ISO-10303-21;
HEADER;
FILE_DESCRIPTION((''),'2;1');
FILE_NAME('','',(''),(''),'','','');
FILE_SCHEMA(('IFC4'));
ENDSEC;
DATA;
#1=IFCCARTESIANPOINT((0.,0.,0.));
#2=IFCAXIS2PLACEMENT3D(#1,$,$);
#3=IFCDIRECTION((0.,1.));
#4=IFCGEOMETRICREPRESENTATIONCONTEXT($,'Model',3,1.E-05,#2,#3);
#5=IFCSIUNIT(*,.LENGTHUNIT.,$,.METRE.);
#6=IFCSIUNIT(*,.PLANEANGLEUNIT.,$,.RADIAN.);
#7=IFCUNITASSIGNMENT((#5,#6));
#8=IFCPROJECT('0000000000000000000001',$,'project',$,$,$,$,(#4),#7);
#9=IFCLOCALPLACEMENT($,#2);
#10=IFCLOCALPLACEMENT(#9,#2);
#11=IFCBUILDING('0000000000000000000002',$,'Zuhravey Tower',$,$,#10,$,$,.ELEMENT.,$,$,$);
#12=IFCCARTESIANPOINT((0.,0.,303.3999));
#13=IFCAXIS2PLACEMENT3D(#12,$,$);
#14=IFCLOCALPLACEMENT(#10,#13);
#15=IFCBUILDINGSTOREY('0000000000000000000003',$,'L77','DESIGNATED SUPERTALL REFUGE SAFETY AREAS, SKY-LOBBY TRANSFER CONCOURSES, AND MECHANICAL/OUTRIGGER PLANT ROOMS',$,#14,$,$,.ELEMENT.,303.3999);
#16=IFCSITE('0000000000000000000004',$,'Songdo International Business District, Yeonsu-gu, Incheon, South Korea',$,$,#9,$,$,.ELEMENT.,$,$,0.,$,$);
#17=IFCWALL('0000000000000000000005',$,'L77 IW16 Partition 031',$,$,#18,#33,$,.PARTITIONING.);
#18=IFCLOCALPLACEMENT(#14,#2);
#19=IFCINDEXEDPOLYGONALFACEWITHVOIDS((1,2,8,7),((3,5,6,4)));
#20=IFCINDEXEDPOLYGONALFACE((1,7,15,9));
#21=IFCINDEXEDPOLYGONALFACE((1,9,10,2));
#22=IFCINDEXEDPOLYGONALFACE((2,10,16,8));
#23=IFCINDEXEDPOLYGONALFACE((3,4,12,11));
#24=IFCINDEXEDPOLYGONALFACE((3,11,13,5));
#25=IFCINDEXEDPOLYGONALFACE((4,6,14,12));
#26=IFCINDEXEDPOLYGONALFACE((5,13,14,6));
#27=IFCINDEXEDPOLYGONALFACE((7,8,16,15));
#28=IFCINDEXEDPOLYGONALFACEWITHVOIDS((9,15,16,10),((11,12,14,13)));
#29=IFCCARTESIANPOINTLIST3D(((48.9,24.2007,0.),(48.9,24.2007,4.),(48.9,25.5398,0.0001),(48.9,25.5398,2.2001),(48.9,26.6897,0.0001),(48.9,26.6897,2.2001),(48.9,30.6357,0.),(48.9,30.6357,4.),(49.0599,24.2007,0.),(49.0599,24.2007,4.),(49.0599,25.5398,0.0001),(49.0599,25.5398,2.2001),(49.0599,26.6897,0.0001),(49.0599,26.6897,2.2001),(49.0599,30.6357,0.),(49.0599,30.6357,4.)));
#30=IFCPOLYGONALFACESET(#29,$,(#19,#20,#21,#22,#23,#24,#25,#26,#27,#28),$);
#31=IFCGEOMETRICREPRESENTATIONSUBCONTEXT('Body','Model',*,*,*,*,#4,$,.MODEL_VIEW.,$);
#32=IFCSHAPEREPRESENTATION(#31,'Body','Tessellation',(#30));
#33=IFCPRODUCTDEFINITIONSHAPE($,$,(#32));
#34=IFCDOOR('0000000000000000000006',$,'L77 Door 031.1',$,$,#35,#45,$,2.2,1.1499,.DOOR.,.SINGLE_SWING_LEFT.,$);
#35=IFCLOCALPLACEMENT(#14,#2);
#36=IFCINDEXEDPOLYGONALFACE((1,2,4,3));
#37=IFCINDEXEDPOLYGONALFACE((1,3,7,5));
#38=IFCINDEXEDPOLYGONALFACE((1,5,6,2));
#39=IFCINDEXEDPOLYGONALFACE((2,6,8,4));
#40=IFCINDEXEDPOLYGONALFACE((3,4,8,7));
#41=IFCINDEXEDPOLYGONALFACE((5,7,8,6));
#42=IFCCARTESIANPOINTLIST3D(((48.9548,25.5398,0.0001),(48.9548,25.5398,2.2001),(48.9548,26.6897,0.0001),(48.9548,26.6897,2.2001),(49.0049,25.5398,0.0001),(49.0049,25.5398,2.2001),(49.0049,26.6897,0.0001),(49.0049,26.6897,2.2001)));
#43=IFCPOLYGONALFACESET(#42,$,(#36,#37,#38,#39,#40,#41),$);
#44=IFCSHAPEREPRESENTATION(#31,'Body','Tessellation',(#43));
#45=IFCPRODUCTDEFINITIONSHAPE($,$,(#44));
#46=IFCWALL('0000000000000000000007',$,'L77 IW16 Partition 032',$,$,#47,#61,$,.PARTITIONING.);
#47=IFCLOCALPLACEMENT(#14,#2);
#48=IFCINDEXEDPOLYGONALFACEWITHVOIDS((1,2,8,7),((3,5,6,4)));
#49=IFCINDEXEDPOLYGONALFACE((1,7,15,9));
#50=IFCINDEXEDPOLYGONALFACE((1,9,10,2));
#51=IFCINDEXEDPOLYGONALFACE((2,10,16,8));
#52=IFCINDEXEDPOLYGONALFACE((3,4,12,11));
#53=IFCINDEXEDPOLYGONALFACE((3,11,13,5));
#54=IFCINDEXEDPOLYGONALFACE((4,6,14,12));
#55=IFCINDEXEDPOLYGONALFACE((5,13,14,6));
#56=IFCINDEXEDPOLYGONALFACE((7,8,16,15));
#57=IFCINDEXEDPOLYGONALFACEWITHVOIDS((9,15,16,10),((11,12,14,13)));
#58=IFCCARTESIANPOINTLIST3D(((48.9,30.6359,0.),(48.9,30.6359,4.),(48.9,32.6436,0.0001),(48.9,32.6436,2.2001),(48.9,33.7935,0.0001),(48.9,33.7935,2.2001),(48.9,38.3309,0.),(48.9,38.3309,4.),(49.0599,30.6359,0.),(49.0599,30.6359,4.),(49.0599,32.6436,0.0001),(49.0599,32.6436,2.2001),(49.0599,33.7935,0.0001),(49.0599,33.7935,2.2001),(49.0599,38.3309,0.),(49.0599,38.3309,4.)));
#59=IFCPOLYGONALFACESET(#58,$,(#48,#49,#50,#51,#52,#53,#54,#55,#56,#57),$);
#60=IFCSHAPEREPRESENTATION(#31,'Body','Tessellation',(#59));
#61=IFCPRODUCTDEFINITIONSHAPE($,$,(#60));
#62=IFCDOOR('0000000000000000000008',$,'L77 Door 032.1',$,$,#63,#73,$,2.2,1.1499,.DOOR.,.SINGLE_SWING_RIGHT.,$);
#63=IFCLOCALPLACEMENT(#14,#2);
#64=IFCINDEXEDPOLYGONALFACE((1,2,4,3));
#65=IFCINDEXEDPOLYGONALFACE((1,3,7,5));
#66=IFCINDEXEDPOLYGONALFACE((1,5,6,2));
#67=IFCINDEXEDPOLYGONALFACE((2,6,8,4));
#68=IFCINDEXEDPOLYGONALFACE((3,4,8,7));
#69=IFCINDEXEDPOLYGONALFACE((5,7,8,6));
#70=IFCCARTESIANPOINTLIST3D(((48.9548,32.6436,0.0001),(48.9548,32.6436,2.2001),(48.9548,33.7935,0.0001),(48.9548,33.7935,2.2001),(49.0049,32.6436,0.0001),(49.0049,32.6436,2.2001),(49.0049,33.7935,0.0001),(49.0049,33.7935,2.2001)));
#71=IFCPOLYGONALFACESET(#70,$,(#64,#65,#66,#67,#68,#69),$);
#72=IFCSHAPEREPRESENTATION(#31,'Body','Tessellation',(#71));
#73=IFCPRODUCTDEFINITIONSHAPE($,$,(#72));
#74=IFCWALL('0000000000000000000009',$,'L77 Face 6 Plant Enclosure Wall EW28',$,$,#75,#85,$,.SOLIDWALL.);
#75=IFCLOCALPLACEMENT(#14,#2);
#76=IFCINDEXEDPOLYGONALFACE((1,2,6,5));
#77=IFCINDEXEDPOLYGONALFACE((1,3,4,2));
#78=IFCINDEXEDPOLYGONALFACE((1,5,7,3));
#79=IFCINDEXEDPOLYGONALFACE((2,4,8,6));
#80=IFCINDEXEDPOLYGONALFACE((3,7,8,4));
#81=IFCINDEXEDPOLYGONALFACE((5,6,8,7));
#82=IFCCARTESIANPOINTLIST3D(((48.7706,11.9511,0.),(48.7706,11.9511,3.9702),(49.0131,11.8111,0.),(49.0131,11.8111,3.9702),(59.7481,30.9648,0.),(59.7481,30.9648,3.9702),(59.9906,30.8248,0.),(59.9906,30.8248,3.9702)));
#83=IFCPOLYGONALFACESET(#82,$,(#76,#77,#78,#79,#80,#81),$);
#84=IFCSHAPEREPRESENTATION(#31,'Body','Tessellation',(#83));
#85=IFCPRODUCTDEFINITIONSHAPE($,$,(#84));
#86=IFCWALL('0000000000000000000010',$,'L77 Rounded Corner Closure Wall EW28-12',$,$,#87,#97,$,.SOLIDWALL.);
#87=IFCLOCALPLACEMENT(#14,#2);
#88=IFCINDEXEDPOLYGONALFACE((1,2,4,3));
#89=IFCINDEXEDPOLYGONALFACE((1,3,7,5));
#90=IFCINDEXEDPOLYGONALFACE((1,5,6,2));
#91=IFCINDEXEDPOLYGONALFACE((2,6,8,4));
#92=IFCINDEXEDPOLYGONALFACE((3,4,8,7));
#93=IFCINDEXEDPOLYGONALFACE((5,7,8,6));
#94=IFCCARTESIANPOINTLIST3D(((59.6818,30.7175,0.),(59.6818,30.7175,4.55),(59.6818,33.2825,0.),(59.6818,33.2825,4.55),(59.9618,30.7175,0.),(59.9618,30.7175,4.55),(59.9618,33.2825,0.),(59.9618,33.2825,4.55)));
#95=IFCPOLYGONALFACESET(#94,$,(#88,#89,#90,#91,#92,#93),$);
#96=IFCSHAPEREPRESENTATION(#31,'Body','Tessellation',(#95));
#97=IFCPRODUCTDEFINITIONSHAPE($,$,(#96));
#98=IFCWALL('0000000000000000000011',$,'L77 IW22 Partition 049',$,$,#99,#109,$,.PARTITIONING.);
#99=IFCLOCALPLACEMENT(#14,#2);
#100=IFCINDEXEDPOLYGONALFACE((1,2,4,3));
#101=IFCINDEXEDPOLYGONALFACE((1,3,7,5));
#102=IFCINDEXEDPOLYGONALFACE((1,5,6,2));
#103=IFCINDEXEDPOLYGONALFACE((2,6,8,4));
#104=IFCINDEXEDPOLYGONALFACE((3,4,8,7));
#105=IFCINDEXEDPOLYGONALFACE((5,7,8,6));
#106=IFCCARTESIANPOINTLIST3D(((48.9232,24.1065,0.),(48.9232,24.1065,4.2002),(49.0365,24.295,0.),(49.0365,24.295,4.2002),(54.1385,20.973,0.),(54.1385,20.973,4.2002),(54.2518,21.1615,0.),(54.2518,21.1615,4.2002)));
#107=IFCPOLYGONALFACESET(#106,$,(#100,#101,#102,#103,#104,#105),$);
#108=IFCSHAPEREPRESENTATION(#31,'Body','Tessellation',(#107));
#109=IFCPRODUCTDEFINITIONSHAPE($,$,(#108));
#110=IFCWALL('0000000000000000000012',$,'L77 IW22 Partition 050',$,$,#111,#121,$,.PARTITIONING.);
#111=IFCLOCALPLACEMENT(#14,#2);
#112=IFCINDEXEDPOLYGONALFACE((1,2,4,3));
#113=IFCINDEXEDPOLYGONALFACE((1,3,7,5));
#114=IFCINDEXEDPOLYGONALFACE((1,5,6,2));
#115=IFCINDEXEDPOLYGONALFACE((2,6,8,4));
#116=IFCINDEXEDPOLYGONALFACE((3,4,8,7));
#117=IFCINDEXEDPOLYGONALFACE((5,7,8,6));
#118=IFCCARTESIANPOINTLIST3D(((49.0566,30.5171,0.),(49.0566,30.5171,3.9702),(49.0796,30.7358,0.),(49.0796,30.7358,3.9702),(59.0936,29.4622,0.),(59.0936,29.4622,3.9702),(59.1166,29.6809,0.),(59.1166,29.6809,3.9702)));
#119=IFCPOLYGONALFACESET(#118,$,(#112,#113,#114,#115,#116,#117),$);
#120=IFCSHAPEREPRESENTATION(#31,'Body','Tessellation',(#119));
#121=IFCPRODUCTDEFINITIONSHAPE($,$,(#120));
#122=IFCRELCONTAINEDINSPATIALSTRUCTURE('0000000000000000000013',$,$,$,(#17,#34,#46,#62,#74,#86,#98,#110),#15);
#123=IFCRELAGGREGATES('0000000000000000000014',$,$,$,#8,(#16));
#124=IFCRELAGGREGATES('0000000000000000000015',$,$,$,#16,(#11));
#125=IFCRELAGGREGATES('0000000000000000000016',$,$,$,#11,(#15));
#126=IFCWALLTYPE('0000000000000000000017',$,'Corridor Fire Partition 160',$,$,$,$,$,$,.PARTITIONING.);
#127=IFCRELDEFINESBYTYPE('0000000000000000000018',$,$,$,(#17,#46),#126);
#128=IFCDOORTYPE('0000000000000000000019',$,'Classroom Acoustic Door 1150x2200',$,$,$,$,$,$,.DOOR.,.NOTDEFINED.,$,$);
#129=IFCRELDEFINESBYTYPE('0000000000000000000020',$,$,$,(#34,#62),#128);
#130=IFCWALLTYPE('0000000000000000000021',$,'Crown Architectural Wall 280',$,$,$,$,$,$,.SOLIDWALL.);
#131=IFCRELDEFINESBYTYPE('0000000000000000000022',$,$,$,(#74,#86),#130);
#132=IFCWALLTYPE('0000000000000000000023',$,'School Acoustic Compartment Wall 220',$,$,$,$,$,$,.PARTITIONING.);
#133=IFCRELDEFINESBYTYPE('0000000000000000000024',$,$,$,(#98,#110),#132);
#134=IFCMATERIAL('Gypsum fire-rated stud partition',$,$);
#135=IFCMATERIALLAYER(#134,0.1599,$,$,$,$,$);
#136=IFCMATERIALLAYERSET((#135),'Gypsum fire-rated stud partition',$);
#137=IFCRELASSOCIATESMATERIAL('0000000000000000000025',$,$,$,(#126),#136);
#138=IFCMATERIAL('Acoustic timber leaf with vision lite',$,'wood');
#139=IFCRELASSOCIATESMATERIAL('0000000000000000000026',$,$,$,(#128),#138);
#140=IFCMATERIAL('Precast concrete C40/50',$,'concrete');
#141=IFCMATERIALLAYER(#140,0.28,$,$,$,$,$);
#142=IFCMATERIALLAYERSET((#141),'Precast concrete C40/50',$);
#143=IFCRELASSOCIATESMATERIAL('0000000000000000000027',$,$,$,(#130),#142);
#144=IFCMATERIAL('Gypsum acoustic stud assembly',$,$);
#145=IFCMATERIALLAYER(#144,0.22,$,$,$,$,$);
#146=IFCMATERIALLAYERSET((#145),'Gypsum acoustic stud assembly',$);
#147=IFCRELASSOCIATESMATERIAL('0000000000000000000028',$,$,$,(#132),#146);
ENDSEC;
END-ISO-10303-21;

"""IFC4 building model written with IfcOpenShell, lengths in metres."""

from ifc_helpers import new_model, si_unit, direction, frame, frame_2d, origin, place, context, subcontext, project, spatial, rectangle, extrude, material, layer, layer_set, type_object, element, fill, save


model = new_model("IFC4")

# Units and contexts
model_context = context("Model", 3, precision=1e-05, world=origin(), true_north=direction((0.0, 1.0)))
body_context = subcontext(model_context, "Body", "Model", "MODEL_VIEW")
ifc_project = project(units=[si_unit("LENGTHUNIT", "METRE"), si_unit("PLANEANGLEUNIT", "RADIAN")], contexts=[model_context])

# Site, building, storey
site_placement = place(None, origin())
site = spatial("IfcSite", under=ifc_project, at=site_placement, Name="Songdo International Business District, Yeonsu-gu, Incheon, South Korea", CompositionType="ELEMENT", RefElevation=0.0)
building_placement = place(site_placement, origin())
building = spatial("IfcBuilding", under=site, at=building_placement, Name="Zuhravey Tower", CompositionType="ELEMENT")
storey_placement = place(building_placement, frame((0.0, 0.0, 303.3999)))
storey = spatial("IfcBuildingStorey", under=building, at=storey_placement, Name="L77", Description="DESIGNATED SUPERTALL REFUGE SAFETY AREAS, SKY-LOBBY TRANSFER CONCOURSES, AND MECHANICAL/OUTRIGGER PLANT ROOMS", CompositionType="ELEMENT", Elevation=303.3999)

# Walls, openings, doors
ifc_material_1 = material(Name="Gypsum fire-rated stud partition")
ifc_layer_1 = layer(ifc_material_1, 0.1599)
ifc_layer_set_1 = layer_set([ifc_layer_1], Name="Gypsum fire-rated stud partition")
wall_type_1 = type_object("IfcWallType", Name="Corridor Fire Partition 160", PredefinedType="PARTITIONING", material=ifc_layer_set_1)
wall_1_placement = place(storey_placement, frame((48.98, 24.2007, 0.0), z_axis=(0.0, 0.0, 1.0), x_axis=(0.0, 1.0, 0.0)))
wall_1 = element("IfcWall", 1, at=wall_1_placement, inside=storey, type_object=wall_type_1, Name="L77 IW16 Partition 031", PredefinedType="PARTITIONING", context=body_context, shape_type="SweptSolid", body=[
    extrude(rectangle(XDim=6.4351, YDim=0.1599, at=frame_2d((3.2175, 0.0))), origin(), (0.0, 0.0, 1.0), 4.0),
])
opening_1_placement = place(wall_1_placement, frame((1.3391, 0.0, 0.0)))
opening_1 = element("IfcOpeningElement", 2, at=opening_1_placement, cuts=wall_1, PredefinedType="OPENING", context=body_context, shape_type="SweptSolid", body=[
    extrude(rectangle(XDim=1.1499, YDim=2.2, at=frame_2d((0.575, 1.1001))), frame((0.0, 0.092, 0.0), z_axis=(0.0, -1.0, 0.0), x_axis=(1.0, 0.0, 0.0)), (0.0, 0.0, 1.0), 0.1838),
])
ifc_material_2 = material(Name="Acoustic timber leaf with vision lite", Category="wood")
door_type = type_object("IfcDoorType", Name="Classroom Acoustic Door 1150x2200", OperationType="NOTDEFINED", PredefinedType="DOOR", material=ifc_material_2)
door_1_placement = place(opening_1_placement, frame((1.1499, 0.0, 0.0), z_axis=(0.0, 0.0, 1.0), x_axis=(-1.0, 0.0, 0.0)))
door_1 = element("IfcDoor", 3, at=door_1_placement, inside=storey, type_object=door_type, Name="L77 Door 031.1", OperationType="SINGLE_SWING_LEFT", OverallHeight=2.2, OverallWidth=1.1499, PredefinedType="DOOR", context=body_context, shape_type="SweptSolid", body=[
    extrude(rectangle(XDim=1.1499, YDim=2.2, at=frame_2d((0.575, 1.1001))), frame((0.0, 0.0249, 0.0), z_axis=(0.0, -1.0, 0.0), x_axis=(1.0, 0.0, 0.0)), (0.0, 0.0, 1.0), 0.05),
])
fill(opening_1, door_1)
wall_2_placement = place(storey_placement, frame((48.98, 30.6357, 0.0), z_axis=(0.0, 0.0, 1.0), x_axis=(0.0, 1.0, 0.0)))
wall_2 = element("IfcWall", 4, at=wall_2_placement, inside=storey, type_object=wall_type_1, Name="L77 IW16 Partition 032", PredefinedType="PARTITIONING", context=body_context, shape_type="SweptSolid", body=[
    extrude(rectangle(XDim=7.6951, YDim=0.1599, at=frame_2d((3.8477, 0.0))), origin(), (0.0, 0.0, 1.0), 4.0),
])
opening_2_placement = place(wall_2_placement, frame((2.0078, 0.0, 0.0)))
opening_2 = element("IfcOpeningElement", 5, at=opening_2_placement, cuts=wall_2, PredefinedType="OPENING", context=body_context, shape_type="SweptSolid", body=[
    extrude(rectangle(XDim=1.1499, YDim=2.2, at=frame_2d((0.575, 1.1001))), frame((0.0, 0.092, 0.0), z_axis=(0.0, -1.0, 0.0), x_axis=(1.0, 0.0, 0.0)), (0.0, 0.0, 1.0), 0.1838),
])
door_2_placement = place(opening_2_placement, frame((1.1499, 0.0, 0.0), z_axis=(0.0, 0.0, 1.0), x_axis=(-1.0, 0.0, 0.0)))
door_2 = element("IfcDoor", 6, at=door_2_placement, inside=storey, type_object=door_type, Name="L77 Door 032.1", OperationType="SINGLE_SWING_RIGHT", OverallHeight=2.2, OverallWidth=1.1499, PredefinedType="DOOR", context=body_context, shape_type="SweptSolid", body=[
    extrude(rectangle(XDim=1.1499, YDim=2.2, at=frame_2d((0.575, 1.1001))), frame((0.0, 0.0249, 0.0), z_axis=(0.0, -1.0, 0.0), x_axis=(1.0, 0.0, 0.0)), (0.0, 0.0, 1.0), 0.05),
])
fill(opening_2, door_2)

# Walls
ifc_material_3 = material(Name="Precast concrete C40/50", Category="concrete")
ifc_layer_2 = layer(ifc_material_3, 0.28)
ifc_layer_set_2 = layer_set([ifc_layer_2], Name="Precast concrete C40/50")
wall_type_2 = type_object("IfcWallType", Name="Crown Architectural Wall 280", PredefinedType="SOLIDWALL", material=ifc_layer_set_2)
wall_3_placement = place(storey_placement, frame((59.8694, 30.8948, 0.0), z_axis=(0.0, 0.0, 1.0), x_axis=(-0.5, -0.866026, 0.0)))
element("IfcWall", 7, at=wall_3_placement, inside=storey, type_object=wall_type_2, Name="L77 Face 6 Plant Enclosure Wall EW28", PredefinedType="SOLIDWALL", context=body_context, shape_type="SweptSolid", body=[
    extrude(rectangle(XDim=21.9551, YDim=0.28, at=frame_2d((10.9775, 0.0))), origin(), (0.0, 0.0, 1.0), 3.9702),
])
wall_4_placement = place(storey_placement, frame((59.8218, 33.2825, 0.0), z_axis=(0.0, 0.0, 1.0), x_axis=(0.0, -1.0, 0.0)))
element("IfcWall", 8, at=wall_4_placement, inside=storey, type_object=wall_type_2, Name="L77 Rounded Corner Closure Wall EW28-12", PredefinedType="SOLIDWALL", context=body_context, shape_type="SweptSolid", body=[
    extrude(rectangle(XDim=2.5649, YDim=0.28, at=frame_2d((1.2825, 0.0))), origin(), (0.0, 0.0, 1.0), 4.55),
])
ifc_material_4 = material(Name="Gypsum acoustic stud assembly")
ifc_layer_3 = layer(ifc_material_4, 0.22)
ifc_layer_set_3 = layer_set([ifc_layer_3], Name="Gypsum acoustic stud assembly")
wall_type_3 = type_object("IfcWallType", Name="School Acoustic Compartment Wall 220", PredefinedType="PARTITIONING", material=ifc_layer_set_3)
wall_5_placement = place(storey_placement, frame((48.98, 24.2007, 0.0), z_axis=(0.0, 0.0, 1.0), x_axis=(0.857178, -0.515021, 0.0)))
element("IfcWall", 9, at=wall_5_placement, inside=storey, type_object=wall_type_3, Name="L77 IW22 Partition 049", PredefinedType="PARTITIONING", context=body_context, shape_type="SweptSolid", body=[
    extrude(rectangle(XDim=6.0842, YDim=0.22, at=frame_2d((3.042, 0.0))), origin(), (0.0, 0.0, 1.0), 4.2002),
])
wall_6_placement = place(storey_placement, frame((49.0681, 30.6265, 0.0), z_axis=(0.0, 0.0, 1.0), x_axis=(0.994522, -0.104527, 0.0)))
element("IfcWall", 10, at=wall_6_placement, inside=storey, type_object=wall_type_3, Name="L77 IW22 Partition 050", PredefinedType="PARTITIONING", context=body_context, shape_type="SweptSolid", body=[
    extrude(rectangle(XDim=10.0923, YDim=0.22, at=frame_2d((5.0461, 0.0))), origin(), (0.0, 0.0, 1.0), 3.9702),
])

save(model, "model.ifc")
